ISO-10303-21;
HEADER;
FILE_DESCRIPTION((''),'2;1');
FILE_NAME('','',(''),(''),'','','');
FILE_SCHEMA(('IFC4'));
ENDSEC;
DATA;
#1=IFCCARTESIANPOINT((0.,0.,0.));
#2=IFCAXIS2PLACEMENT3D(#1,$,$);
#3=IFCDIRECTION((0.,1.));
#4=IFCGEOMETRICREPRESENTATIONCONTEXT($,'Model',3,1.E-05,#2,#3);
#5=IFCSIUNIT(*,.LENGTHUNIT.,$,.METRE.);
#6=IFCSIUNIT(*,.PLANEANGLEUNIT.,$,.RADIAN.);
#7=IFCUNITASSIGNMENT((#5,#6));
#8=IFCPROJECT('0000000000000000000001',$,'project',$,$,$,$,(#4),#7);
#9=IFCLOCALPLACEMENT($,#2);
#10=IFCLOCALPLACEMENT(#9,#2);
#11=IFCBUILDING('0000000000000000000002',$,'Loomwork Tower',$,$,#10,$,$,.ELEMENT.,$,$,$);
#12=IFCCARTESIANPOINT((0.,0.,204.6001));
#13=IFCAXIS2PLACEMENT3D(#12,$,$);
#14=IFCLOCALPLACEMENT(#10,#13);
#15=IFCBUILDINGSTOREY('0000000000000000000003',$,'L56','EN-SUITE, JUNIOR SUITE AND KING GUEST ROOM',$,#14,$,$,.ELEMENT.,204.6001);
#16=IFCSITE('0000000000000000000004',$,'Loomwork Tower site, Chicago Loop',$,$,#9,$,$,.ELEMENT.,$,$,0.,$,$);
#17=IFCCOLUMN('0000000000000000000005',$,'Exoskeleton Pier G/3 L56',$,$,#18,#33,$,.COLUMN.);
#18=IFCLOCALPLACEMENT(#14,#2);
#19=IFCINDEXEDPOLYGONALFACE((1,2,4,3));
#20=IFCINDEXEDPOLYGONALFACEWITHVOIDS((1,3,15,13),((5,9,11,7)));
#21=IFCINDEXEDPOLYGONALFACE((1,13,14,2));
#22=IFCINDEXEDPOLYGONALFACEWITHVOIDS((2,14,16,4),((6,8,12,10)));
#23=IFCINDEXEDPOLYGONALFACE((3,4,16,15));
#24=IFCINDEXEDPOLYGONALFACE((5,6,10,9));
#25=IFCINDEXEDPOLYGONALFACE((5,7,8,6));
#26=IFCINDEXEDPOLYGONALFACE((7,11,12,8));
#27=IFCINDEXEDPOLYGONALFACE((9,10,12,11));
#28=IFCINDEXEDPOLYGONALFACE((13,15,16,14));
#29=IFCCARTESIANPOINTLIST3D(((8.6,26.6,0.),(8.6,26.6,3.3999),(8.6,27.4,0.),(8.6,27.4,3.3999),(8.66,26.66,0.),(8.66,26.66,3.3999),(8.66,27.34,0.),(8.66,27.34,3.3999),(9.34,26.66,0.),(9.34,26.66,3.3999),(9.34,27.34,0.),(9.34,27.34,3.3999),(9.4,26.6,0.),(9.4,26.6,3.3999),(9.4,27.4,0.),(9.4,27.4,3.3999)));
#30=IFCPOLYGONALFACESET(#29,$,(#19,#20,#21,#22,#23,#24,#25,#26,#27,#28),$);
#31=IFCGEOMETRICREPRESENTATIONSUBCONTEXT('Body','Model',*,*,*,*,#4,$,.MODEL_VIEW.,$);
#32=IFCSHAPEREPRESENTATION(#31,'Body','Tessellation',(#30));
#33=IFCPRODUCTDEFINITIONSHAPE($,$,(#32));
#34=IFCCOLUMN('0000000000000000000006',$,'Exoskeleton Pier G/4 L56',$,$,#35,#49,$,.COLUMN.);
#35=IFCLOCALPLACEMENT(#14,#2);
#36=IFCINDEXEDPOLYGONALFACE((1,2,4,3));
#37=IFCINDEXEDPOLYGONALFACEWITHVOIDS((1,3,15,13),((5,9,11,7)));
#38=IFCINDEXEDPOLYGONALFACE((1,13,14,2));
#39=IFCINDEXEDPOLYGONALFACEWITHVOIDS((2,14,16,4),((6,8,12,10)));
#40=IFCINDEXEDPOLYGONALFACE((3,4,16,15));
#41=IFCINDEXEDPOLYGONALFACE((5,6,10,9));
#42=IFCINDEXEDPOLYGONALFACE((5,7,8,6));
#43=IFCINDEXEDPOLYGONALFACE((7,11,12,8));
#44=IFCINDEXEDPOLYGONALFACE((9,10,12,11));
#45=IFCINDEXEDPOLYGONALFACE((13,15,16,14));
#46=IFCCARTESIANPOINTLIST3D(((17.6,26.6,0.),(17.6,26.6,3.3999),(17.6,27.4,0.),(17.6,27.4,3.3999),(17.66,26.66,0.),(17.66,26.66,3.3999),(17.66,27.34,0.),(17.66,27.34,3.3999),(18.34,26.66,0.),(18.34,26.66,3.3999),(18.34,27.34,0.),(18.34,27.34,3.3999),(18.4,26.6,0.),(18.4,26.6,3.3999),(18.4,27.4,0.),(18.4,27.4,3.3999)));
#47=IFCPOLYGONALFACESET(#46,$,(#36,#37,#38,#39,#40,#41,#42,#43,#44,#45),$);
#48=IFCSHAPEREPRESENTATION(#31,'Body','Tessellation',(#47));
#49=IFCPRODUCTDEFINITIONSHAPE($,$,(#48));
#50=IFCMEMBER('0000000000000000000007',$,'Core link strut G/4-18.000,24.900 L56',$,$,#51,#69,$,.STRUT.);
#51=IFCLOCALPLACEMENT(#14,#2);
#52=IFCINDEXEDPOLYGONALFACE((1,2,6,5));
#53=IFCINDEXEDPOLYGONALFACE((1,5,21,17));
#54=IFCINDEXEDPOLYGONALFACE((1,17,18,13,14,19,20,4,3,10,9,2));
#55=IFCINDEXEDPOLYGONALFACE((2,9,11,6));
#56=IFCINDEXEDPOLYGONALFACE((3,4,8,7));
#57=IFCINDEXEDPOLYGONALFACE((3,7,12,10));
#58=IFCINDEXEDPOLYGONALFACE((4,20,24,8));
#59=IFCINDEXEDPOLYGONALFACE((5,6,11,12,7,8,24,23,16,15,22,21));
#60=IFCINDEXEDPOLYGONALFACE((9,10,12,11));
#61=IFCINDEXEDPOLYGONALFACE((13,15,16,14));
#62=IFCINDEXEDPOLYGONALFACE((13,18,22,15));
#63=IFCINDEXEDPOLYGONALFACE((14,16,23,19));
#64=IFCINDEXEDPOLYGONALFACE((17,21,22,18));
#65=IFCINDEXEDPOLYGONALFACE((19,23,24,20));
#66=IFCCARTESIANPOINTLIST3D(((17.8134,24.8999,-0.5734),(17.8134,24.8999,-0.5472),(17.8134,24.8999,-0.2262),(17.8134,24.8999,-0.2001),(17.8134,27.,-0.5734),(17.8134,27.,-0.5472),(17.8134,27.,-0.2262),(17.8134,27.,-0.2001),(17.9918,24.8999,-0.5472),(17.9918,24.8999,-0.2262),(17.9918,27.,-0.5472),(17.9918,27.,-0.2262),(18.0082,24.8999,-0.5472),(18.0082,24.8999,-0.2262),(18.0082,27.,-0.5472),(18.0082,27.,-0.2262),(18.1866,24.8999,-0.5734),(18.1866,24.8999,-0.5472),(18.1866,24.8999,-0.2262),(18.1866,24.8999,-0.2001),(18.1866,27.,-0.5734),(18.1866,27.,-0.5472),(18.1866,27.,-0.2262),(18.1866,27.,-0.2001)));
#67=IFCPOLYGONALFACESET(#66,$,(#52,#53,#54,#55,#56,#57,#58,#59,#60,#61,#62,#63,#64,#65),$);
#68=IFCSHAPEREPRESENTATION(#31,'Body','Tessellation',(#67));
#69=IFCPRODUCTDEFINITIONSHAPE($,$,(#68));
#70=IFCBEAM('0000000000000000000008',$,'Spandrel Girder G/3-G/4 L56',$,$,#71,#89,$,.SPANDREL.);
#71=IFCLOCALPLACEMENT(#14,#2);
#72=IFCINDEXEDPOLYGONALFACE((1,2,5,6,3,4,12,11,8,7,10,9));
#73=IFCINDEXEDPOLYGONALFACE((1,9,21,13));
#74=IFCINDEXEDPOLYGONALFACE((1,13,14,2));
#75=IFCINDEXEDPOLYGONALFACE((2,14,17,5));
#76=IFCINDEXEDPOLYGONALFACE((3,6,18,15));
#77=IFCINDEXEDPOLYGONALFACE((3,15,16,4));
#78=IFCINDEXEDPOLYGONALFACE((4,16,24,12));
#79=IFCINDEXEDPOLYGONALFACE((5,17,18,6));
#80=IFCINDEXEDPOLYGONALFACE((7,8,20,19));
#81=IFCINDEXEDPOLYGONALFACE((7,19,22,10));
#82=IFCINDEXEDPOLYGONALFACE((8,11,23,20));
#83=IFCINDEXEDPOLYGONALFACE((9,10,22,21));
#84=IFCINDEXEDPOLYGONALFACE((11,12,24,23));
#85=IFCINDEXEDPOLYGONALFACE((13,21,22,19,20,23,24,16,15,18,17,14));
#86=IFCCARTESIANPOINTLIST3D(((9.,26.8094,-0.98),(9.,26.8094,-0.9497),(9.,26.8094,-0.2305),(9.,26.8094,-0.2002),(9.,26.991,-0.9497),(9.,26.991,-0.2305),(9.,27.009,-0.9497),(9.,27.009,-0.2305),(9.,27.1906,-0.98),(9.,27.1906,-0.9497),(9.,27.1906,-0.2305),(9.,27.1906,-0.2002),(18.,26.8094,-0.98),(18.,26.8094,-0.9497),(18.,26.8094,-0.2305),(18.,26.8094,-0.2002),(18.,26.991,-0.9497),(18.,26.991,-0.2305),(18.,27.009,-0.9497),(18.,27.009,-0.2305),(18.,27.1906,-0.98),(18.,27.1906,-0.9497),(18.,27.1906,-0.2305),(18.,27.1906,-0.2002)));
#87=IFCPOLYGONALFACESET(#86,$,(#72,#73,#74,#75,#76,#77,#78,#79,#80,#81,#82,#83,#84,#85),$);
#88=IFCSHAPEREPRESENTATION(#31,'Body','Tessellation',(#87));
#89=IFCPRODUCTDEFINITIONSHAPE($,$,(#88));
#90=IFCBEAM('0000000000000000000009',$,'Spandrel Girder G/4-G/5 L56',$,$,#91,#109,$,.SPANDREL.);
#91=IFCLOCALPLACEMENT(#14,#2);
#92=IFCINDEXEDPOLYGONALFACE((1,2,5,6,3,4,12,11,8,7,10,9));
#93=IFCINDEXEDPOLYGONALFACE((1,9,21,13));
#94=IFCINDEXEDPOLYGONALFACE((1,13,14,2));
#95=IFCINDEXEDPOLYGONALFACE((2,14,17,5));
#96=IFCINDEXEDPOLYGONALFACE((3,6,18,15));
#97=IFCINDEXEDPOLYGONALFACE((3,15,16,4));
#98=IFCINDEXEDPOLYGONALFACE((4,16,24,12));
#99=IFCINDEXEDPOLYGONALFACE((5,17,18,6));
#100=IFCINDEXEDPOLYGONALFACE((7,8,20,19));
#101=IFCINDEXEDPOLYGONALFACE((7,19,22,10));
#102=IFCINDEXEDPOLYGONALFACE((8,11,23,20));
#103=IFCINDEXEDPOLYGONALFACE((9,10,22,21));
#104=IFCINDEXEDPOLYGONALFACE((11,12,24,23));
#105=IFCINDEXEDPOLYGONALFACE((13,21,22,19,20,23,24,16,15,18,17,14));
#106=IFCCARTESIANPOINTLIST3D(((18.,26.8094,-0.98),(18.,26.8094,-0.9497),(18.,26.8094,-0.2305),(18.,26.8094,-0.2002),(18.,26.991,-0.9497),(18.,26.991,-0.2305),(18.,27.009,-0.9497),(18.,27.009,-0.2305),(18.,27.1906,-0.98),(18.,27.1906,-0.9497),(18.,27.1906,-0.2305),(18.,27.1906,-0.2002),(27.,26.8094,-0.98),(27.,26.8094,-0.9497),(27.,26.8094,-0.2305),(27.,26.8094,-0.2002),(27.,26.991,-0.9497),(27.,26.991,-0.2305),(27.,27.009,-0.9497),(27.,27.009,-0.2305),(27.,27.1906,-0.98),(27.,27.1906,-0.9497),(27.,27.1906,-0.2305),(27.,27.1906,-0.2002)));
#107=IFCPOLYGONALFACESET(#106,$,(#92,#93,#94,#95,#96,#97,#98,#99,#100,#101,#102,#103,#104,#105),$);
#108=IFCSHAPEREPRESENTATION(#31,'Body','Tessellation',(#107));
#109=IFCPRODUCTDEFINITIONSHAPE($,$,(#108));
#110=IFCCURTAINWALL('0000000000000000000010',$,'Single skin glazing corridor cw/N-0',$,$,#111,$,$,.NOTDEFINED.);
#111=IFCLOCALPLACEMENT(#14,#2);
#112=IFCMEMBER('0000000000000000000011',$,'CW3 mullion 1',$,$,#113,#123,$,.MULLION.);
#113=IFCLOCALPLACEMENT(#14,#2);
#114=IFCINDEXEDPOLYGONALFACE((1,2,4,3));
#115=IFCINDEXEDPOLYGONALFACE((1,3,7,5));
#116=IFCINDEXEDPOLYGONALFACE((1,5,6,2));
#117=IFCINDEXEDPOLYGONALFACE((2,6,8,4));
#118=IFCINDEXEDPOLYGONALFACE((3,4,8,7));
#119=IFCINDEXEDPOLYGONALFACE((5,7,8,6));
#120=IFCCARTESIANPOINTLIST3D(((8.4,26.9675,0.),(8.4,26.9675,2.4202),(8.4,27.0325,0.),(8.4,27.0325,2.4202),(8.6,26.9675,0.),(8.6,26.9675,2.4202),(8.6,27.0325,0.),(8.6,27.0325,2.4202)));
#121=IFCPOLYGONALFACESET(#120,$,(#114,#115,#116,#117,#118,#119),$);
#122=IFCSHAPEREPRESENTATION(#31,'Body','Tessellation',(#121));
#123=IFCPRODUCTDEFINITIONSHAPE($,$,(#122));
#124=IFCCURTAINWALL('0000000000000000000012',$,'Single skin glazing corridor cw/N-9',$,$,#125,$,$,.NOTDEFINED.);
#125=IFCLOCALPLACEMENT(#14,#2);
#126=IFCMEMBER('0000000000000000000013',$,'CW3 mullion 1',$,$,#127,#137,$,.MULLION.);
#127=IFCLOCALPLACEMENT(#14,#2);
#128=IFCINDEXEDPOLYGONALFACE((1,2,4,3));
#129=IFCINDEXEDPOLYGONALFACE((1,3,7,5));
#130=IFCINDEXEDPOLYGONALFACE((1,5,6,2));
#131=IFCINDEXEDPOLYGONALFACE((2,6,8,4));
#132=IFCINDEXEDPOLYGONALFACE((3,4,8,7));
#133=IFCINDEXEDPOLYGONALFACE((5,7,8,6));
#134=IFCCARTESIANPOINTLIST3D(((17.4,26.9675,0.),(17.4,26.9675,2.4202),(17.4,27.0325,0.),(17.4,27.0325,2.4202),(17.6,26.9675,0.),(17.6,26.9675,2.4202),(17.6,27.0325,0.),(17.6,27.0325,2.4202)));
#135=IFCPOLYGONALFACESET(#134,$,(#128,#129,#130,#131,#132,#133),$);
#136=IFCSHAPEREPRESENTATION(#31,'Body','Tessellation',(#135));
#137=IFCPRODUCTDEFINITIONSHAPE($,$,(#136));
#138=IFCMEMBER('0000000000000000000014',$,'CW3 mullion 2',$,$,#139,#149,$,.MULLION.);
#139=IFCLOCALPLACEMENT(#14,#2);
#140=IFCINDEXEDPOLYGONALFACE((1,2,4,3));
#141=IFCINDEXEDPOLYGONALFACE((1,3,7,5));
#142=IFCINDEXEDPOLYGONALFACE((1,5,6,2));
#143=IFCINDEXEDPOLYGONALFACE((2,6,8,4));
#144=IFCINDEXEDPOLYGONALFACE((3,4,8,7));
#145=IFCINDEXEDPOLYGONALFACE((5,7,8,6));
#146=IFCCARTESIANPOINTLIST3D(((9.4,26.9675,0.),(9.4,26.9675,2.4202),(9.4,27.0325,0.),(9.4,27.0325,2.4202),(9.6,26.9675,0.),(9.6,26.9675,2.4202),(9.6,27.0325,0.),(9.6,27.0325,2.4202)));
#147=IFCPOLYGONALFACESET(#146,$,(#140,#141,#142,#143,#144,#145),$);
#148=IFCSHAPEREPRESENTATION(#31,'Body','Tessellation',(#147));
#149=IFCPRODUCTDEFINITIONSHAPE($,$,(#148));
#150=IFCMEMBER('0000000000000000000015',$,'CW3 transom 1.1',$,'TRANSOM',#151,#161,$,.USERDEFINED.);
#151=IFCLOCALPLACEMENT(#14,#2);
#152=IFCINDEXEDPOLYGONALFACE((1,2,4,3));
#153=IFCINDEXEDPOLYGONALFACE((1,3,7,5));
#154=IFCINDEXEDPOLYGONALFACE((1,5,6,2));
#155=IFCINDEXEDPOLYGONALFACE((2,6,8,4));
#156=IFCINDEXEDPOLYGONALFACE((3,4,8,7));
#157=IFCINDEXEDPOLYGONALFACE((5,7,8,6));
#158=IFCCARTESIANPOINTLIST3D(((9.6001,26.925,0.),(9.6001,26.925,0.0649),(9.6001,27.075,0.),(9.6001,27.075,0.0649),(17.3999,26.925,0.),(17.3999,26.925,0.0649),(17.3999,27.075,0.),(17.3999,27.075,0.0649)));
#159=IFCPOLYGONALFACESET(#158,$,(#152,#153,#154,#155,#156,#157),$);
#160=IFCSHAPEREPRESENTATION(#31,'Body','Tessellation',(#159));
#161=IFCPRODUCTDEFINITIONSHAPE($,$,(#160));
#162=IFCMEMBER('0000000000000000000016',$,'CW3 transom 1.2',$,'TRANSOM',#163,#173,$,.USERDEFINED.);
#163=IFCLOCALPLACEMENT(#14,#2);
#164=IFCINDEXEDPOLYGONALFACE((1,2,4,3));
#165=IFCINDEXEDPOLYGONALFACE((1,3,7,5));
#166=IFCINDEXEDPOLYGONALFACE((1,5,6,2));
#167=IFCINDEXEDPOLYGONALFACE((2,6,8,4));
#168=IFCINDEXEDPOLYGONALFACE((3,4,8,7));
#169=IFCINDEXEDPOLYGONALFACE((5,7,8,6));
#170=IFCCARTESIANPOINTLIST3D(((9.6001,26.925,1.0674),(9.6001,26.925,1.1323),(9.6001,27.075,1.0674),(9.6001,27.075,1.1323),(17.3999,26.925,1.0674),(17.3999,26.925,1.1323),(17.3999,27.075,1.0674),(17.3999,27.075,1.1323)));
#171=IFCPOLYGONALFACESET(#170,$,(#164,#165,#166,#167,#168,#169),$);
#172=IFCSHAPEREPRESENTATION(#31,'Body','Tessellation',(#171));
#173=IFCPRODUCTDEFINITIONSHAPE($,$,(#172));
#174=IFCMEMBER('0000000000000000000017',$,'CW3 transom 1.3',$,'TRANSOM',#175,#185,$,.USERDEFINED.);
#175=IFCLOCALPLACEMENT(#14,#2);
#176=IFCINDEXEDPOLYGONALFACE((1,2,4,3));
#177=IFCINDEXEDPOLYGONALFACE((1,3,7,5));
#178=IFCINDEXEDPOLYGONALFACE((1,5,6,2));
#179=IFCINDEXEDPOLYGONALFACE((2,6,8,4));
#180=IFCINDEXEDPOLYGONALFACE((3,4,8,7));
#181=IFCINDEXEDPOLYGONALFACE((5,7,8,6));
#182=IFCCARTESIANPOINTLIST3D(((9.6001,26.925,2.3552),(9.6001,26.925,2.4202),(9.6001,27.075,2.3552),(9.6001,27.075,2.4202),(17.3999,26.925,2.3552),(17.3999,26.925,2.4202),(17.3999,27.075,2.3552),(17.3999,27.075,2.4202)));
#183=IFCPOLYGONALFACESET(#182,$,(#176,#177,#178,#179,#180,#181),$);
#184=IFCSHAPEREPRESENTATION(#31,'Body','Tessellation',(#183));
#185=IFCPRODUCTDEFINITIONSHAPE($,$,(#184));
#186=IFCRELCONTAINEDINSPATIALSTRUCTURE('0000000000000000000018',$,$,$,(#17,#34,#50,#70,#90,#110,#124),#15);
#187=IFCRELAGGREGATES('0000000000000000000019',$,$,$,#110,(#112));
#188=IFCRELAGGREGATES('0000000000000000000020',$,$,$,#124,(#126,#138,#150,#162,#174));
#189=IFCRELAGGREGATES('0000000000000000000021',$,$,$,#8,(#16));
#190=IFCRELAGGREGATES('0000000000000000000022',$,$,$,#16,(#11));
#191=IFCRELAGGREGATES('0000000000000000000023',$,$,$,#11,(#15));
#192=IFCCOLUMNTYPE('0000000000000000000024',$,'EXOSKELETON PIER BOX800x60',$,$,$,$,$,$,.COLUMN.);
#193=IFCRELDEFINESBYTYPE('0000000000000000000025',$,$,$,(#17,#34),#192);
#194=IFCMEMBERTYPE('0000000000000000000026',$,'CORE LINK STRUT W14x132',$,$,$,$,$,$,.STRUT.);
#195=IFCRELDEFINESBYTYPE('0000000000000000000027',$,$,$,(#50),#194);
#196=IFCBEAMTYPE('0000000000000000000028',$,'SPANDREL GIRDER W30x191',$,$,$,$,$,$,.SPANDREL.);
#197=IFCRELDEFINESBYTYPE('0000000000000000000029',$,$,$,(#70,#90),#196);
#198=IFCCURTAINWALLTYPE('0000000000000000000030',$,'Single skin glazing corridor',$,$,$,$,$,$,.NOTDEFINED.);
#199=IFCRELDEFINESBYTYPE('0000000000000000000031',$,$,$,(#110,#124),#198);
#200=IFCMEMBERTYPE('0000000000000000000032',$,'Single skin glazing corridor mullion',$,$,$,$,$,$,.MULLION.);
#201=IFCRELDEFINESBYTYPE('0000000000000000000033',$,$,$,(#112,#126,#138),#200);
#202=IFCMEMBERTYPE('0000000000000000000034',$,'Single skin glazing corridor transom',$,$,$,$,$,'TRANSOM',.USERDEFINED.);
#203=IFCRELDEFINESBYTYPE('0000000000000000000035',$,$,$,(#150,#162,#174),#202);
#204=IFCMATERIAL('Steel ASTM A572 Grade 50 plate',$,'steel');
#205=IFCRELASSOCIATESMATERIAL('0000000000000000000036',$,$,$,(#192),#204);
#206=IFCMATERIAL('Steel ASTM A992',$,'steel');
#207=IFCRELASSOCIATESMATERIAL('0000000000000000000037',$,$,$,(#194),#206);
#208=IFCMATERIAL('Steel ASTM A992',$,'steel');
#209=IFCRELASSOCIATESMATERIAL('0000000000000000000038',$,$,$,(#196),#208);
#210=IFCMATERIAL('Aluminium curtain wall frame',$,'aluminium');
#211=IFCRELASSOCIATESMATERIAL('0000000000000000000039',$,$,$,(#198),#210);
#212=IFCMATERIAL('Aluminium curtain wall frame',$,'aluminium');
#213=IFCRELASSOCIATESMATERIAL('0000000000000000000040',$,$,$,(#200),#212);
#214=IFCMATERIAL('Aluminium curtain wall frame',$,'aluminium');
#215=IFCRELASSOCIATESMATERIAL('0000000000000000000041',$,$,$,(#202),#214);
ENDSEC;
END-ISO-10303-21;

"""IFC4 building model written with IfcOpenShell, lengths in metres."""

from ifc_helpers import new_model, si_unit, direction, frame, origin, origin_2d, place, context, subcontext, project, spatial, rectangle, hollow_rectangle, i_section, extrude, material, material_profile, profile_set, type_object, element, aggregate, save


model = new_model("IFC4")

# Units and contexts
model_context = context("Model", 3, precision=1e-05, world=origin(), true_north=direction((0.0, 1.0)))
body_context = subcontext(model_context, "Body", "Model", "MODEL_VIEW")
ifc_project = project(units=[si_unit("LENGTHUNIT", "METRE"), si_unit("PLANEANGLEUNIT", "RADIAN")], contexts=[model_context])

# Site, building, storey
site_placement = place(None, origin())
site = spatial("IfcSite", under=ifc_project, at=site_placement, Name="Loomwork Tower site, Chicago Loop", CompositionType="ELEMENT", RefElevation=0.0)
building_placement = place(site_placement, origin())
building = spatial("IfcBuilding", under=site, at=building_placement, Name="Loomwork Tower", CompositionType="ELEMENT")
storey_placement = place(building_placement, frame((0.0, 0.0, 204.6001)))
storey = spatial("IfcBuildingStorey", under=building, at=storey_placement, Name="L56", Description="EN-SUITE, JUNIOR SUITE AND KING GUEST ROOM", CompositionType="ELEMENT", Elevation=204.6001)

# Columns
ifc_material_1 = material(Name="Steel ASTM A572 Grade 50 plate", Category="steel")
ifc_material_profile_1 = material_profile(ifc_material_1, hollow_rectangle(XDim=0.8, YDim=0.8, WallThickness=0.0601, at=origin_2d()), Name="BOX800x60")
ifc_profile_set_1 = profile_set([ifc_material_profile_1], Name="Steel ASTM A572 Grade 50 plate")
column_type = type_object("IfcColumnType", Name="EXOSKELETON PIER BOX800x60", PredefinedType="COLUMN", material=ifc_profile_set_1)
for number, where, z_axis, x_axis, name in (
    (1, (9.0, 27.0, 0.0), (0.0, 0.0, 1.0), (1.0, 0.0, 0.0), "Exoskeleton Pier G/3 L56"),
    (2, (18.0, 27.0, 0.0), (0.0, 0.0, 1.0), (1.0, 0.0, 0.0), "Exoskeleton Pier G/4 L56"),
):
    element("IfcColumn", number, at=place(storey_placement, frame(where, z_axis=z_axis, x_axis=x_axis)), inside=storey, type_object=column_type, Name=name, PredefinedType="COLUMN", context=body_context, shape_type="SweptSolid", body=[
        extrude(hollow_rectangle(XDim=0.8, YDim=0.8, WallThickness=0.0601, at=origin_2d()), origin(), (0.0, 0.0, 1.0), 3.3999),
    ])

# Member
ifc_material_2 = material(Name="Steel ASTM A992", Category="steel")
ifc_material_profile_2 = material_profile(ifc_material_2, i_section(OverallWidth=0.3733, OverallDepth=0.3733, WebThickness=0.0164, FlangeThickness=0.0261, at=origin_2d()), Name="W14x132")
ifc_profile_set_2 = profile_set([ifc_material_profile_2], Name="Steel ASTM A992")
member_type_1 = type_object("IfcMemberType", Name="CORE LINK STRUT W14x132", PredefinedType="STRUT", material=ifc_profile_set_2)
member_1_placement = place(storey_placement, frame((18.0, 27.0, -0.3867), z_axis=(0.0, -1.0, 0.0), x_axis=(1.0, 0.0, 0.0)))
element("IfcMember", 3, at=member_1_placement, inside=storey, type_object=member_type_1, Name="Core link strut G/4-18.000,24.900 L56", PredefinedType="STRUT", context=body_context, shape_type="SweptSolid", body=[
    extrude(i_section(OverallWidth=0.3733, OverallDepth=0.3733, WebThickness=0.0164, FlangeThickness=0.0261, at=origin_2d()), origin(), (0.0, 0.0, 1.0), 2.1001),
])

# Beams
ifc_material_3 = material(Name="Steel ASTM A992", Category="steel")
ifc_material_profile_3 = material_profile(ifc_material_3, i_section(OverallWidth=0.3811, OverallDepth=0.7798, WebThickness=0.0181, FlangeThickness=0.0303, at=origin_2d()), Name="W30x191")
ifc_profile_set_3 = profile_set([ifc_material_profile_3], Name="Steel ASTM A992")
beam_type = type_object("IfcBeamType", Name="SPANDREL GIRDER W30x191", PredefinedType="SPANDREL", material=ifc_profile_set_3)
for number, where, z_axis, x_axis, name in (
    (4, (9.0, 27.0, -0.5901), (1.0, 0.0, 0.0), (0.0, 1.0, 0.0), "Spandrel Girder G/3-G/4 L56"),
    (5, (18.0, 27.0, -0.5901), (1.0, 0.0, 0.0), (0.0, 1.0, 0.0), "Spandrel Girder G/4-G/5 L56"),
):
    element("IfcBeam", number, at=place(storey_placement, frame(where, z_axis=z_axis, x_axis=x_axis)), inside=storey, type_object=beam_type, Name=name, PredefinedType="SPANDREL", context=body_context, shape_type="SweptSolid", body=[
        extrude(i_section(OverallWidth=0.3811, OverallDepth=0.7798, WebThickness=0.0181, FlangeThickness=0.0303, at=origin_2d()), origin(), (0.0, 0.0, 1.0), 9.0),
    ])

# Curtain wall, member
ifc_material_4 = material(Name="Aluminium curtain wall frame", Category="aluminium")
curtain_wall_type = type_object("IfcCurtainWallType", Name="Single skin glazing corridor", PredefinedType="NOTDEFINED", material=ifc_material_4)
curtain_wall_1_placement = place(storey_placement, origin())
curtain_wall_1 = element("IfcCurtainWall", 6, at=curtain_wall_1_placement, inside=storey, type_object=curtain_wall_type, Name="Single skin glazing corridor cw/N-0", PredefinedType="NOTDEFINED")
ifc_material_5 = material(Name="Aluminium curtain wall frame", Category="aluminium")
ifc_material_profile_4 = material_profile(ifc_material_5, rectangle(XDim=0.0649, YDim=0.2, at=origin_2d()), Name="AL 65x200")
ifc_profile_set_4 = profile_set([ifc_material_profile_4], Name="Aluminium curtain wall frame")
member_type_2 = type_object("IfcMemberType", Name="Single skin glazing corridor mullion", PredefinedType="MULLION", material=ifc_profile_set_4)
member_2_placement = place(storey_placement, frame((8.5, 27.0, 0.0), z_axis=(0.0, 0.0, 1.0), x_axis=(0.0, -1.0, 0.0)))
member_2 = element("IfcMember", 7, at=member_2_placement, type_object=member_type_2, Name="CW3 mullion 1", PredefinedType="MULLION", context=body_context, shape_type="SweptSolid", body=[
    extrude(rectangle(XDim=0.0649, YDim=0.2, at=origin_2d()), origin(), (0.0, 0.0, 1.0), 2.4202),
])
aggregate(curtain_wall_1, [member_2])

# Curtain wall, members
curtain_wall_2_placement = place(storey_placement, origin())
curtain_wall_2 = element("IfcCurtainWall", 8, at=curtain_wall_2_placement, inside=storey, type_object=curtain_wall_type, Name="Single skin glazing corridor cw/N-9", PredefinedType="NOTDEFINED")
member_3_placement = place(storey_placement, frame((17.5, 27.0, 0.0), z_axis=(0.0, 0.0, 1.0), x_axis=(0.0, -1.0, 0.0)))
member_3 = element("IfcMember", 9, at=member_3_placement, type_object=member_type_2, Name="CW3 mullion 1", PredefinedType="MULLION", context=body_context, shape_type="SweptSolid", body=[
    extrude(rectangle(XDim=0.0649, YDim=0.2, at=origin_2d()), origin(), (0.0, 0.0, 1.0), 2.4202),
])
member_4_placement = place(storey_placement, frame((9.5, 27.0, 0.0), z_axis=(0.0, 0.0, 1.0), x_axis=(0.0, -1.0, 0.0)))
member_4 = element("IfcMember", 10, at=member_4_placement, type_object=member_type_2, Name="CW3 mullion 2", PredefinedType="MULLION", context=body_context, shape_type="SweptSolid", body=[
    extrude(rectangle(XDim=0.0649, YDim=0.2, at=origin_2d()), origin(), (0.0, 0.0, 1.0), 2.4202),
])
ifc_material_6 = material(Name="Aluminium curtain wall frame", Category="aluminium")
ifc_material_profile_5 = material_profile(ifc_material_6, rectangle(XDim=0.1499, YDim=0.0649, at=origin_2d()), Name="AL 65x150")
ifc_profile_set_5 = profile_set([ifc_material_profile_5], Name="Aluminium curtain wall frame")
member_type_3 = type_object("IfcMemberType", Name="Single skin glazing corridor transom", ElementType="TRANSOM", PredefinedType="USERDEFINED", material=ifc_profile_set_5)
member_5_placement = place(storey_placement, frame((17.3999, 27.0, 0.0325), z_axis=(-1.0, 0.0, 0.0), x_axis=(0.0, -1.0, 0.0)))
member_5 = element("IfcMember", 11, at=member_5_placement, type_object=member_type_3, Name="CW3 transom 1.1", ObjectType="TRANSOM", PredefinedType="USERDEFINED", context=body_context, shape_type="SweptSolid", body=[
    extrude(rectangle(XDim=0.1499, YDim=0.0649, at=origin_2d()), origin(), (0.0, 0.0, 1.0), 7.7998),
])
member_6_placement = place(storey_placement, frame((17.3999, 27.0, 1.0999), z_axis=(-1.0, 0.0, 0.0), x_axis=(0.0, -1.0, 0.0)))
member_6 = element("IfcMember", 12, at=member_6_placement, type_object=member_type_3, Name="CW3 transom 1.2", ObjectType="TRANSOM", PredefinedType="USERDEFINED", context=body_context, shape_type="SweptSolid", body=[
    extrude(rectangle(XDim=0.1499, YDim=0.0649, at=origin_2d()), origin(), (0.0, 0.0, 1.0), 7.7998),
])
member_7_placement = place(storey_placement, frame((17.3999, 27.0, 2.3877), z_axis=(-1.0, 0.0, 0.0), x_axis=(0.0, -1.0, 0.0)))
member_7 = element("IfcMember", 13, at=member_7_placement, type_object=member_type_3, Name="CW3 transom 1.3", ObjectType="TRANSOM", PredefinedType="USERDEFINED", context=body_context, shape_type="SweptSolid", body=[
    extrude(rectangle(XDim=0.1499, YDim=0.0649, at=origin_2d()), origin(), (0.0, 0.0, 1.0), 7.7998),
])
aggregate(curtain_wall_2, [member_3, member_4, member_5, member_6, member_7])

save(model, "model.ifc")
